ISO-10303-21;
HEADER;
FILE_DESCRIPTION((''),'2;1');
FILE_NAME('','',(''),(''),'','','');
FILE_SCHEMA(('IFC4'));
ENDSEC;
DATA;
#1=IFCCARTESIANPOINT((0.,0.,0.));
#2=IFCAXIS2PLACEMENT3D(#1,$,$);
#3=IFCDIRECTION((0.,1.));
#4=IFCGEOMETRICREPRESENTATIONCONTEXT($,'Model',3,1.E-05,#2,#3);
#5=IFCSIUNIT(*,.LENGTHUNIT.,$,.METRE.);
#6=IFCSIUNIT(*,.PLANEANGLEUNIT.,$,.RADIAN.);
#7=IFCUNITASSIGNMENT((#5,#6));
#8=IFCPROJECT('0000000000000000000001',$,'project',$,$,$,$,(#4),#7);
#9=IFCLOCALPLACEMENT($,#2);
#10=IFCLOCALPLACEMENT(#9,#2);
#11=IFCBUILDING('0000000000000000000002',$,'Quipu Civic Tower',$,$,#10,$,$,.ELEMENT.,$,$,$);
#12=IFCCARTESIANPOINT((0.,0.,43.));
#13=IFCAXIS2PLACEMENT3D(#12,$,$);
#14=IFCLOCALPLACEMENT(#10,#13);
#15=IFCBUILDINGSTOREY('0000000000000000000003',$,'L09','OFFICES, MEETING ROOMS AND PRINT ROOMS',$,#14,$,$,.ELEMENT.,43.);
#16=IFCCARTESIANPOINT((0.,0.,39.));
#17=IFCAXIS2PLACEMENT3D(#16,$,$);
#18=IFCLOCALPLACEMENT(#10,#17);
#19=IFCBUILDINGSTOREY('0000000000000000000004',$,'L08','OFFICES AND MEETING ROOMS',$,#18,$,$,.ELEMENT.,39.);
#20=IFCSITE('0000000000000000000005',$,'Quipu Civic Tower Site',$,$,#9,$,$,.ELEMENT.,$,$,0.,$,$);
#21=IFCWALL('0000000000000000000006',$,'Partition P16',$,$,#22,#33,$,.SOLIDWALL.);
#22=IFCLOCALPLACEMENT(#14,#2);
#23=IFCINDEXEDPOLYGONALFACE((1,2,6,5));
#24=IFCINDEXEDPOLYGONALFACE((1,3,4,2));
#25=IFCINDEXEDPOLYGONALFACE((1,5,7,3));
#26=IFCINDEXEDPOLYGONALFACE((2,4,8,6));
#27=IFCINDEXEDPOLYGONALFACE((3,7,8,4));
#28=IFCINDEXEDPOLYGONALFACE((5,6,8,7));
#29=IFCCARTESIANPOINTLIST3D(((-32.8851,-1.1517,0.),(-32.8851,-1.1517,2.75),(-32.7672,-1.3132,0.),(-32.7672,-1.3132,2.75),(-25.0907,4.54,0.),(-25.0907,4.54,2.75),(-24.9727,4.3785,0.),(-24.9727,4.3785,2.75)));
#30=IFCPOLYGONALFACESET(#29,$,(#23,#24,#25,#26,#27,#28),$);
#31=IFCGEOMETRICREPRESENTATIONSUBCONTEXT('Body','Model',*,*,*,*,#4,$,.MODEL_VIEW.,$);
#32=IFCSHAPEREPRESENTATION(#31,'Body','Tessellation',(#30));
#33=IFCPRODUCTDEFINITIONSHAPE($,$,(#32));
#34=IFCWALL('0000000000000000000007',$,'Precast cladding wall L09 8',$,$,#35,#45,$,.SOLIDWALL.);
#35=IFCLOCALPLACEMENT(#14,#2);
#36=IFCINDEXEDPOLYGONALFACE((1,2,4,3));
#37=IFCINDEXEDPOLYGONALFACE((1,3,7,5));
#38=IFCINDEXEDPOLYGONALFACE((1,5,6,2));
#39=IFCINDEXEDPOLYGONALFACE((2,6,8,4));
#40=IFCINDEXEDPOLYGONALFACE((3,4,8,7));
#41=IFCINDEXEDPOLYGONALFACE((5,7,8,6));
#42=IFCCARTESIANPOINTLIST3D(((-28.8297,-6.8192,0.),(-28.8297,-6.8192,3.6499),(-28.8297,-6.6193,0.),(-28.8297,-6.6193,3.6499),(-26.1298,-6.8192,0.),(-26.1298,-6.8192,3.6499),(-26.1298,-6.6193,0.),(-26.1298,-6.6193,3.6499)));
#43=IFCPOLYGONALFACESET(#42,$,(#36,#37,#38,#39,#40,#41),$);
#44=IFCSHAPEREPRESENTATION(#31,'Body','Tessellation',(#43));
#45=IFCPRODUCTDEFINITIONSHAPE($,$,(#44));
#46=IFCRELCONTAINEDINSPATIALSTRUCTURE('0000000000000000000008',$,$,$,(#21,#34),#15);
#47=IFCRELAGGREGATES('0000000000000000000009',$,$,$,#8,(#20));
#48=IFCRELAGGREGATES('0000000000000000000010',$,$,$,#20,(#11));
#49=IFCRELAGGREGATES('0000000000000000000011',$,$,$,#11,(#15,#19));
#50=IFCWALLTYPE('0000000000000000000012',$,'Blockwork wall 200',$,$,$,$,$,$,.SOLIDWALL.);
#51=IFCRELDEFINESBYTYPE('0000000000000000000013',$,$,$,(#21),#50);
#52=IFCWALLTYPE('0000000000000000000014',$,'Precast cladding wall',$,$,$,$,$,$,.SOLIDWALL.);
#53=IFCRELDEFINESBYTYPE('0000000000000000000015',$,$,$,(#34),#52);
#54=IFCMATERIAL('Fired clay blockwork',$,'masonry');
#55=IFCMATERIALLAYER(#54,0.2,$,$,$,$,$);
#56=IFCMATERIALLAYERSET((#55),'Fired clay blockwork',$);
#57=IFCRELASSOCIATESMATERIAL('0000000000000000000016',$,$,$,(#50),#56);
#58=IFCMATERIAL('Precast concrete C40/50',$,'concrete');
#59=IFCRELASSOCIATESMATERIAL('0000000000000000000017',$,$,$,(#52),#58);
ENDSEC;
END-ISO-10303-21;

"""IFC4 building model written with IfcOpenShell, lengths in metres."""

from ifc_helpers import new_model, si_unit, direction, frame, frame_2d, origin, place, context, subcontext, project, spatial, rectangle, extrude, material, layer, layer_set, type_object, element, save


model = new_model("IFC4")

# Units and contexts
model_context = context("Model", 3, precision=1e-05, world=origin(), true_north=direction((0.0, 1.0)))
body_context = subcontext(model_context, "Body", "Model", "MODEL_VIEW")
ifc_project = project(units=[si_unit("LENGTHUNIT", "METRE"), si_unit("PLANEANGLEUNIT", "RADIAN")], contexts=[model_context])

# Site, building, storey
site_placement = place(None, origin())
site = spatial("IfcSite", under=ifc_project, at=site_placement, Name="Quipu Civic Tower Site", CompositionType="ELEMENT", RefElevation=0.0)
building_placement = place(site_placement, origin())
building = spatial("IfcBuilding", under=site, at=building_placement, Name="Quipu Civic Tower", CompositionType="ELEMENT")
storey_1_placement = place(building_placement, frame((0.0, 0.0, 43.0)))
storey_1 = spatial("IfcBuildingStorey", under=building, at=storey_1_placement, Name="L09", Description="OFFICES, MEETING ROOMS AND PRINT ROOMS", CompositionType="ELEMENT", Elevation=43.0)

# Shared definitions
storey_2_placement = place(building_placement, frame((0.0, 0.0, 39.0)))
storey_2 = spatial("IfcBuildingStorey", under=building, at=storey_2_placement, Name="L08", Description="OFFICES AND MEETING ROOMS", CompositionType="ELEMENT", Elevation=39.0)

# Walls
ifc_material_1 = material(Name="Fired clay blockwork", Category="masonry")
ifc_layer_1 = layer(ifc_material_1, 0.2)
ifc_layer_set_1 = layer_set([ifc_layer_1], Name="Fired clay blockwork")
wall_type_1 = type_object("IfcWallType", Name="Blockwork wall 200", PredefinedType="SOLIDWALL", material=ifc_layer_set_1)
wall_1_placement = place(storey_1_placement, frame((-32.8262, -1.2324, 0.0), z_axis=(0.0, 0.0, 1.0), x_axis=(0.807602, 0.589727, 0.0)))
element("IfcWall", 1, at=wall_1_placement, inside=storey_1, type_object=wall_type_1, Name="Partition P16", PredefinedType="SOLIDWALL", context=body_context, shape_type="SweptSolid", body=[
    extrude(rectangle(XDim=9.6514, YDim=0.2, at=frame_2d((4.8257, 0.0))), origin(), (0.0, 0.0, 1.0), 2.75),
])
ifc_material_2 = material(Name="Precast concrete C40/50", Category="concrete")
wall_type_2 = type_object("IfcWallType", Name="Precast cladding wall", PredefinedType="SOLIDWALL", material=ifc_material_2)
wall_2_placement = place(storey_1_placement, frame((-28.8298, -6.7192, 0.0), z_axis=(0.0, 0.0, 1.0), x_axis=(1.0, 0.0, 0.0)))
element("IfcWall", 2, at=wall_2_placement, inside=storey_1, type_object=wall_type_2, Name="Precast cladding wall L09 8", PredefinedType="SOLIDWALL", context=body_context, shape_type="SweptSolid", body=[
    extrude(rectangle(XDim=2.7, YDim=0.2, at=frame_2d((1.3501, 0.0))), origin(), (0.0, 0.0, 1.0), 3.6499),
])

save(model, "model.ifc")
